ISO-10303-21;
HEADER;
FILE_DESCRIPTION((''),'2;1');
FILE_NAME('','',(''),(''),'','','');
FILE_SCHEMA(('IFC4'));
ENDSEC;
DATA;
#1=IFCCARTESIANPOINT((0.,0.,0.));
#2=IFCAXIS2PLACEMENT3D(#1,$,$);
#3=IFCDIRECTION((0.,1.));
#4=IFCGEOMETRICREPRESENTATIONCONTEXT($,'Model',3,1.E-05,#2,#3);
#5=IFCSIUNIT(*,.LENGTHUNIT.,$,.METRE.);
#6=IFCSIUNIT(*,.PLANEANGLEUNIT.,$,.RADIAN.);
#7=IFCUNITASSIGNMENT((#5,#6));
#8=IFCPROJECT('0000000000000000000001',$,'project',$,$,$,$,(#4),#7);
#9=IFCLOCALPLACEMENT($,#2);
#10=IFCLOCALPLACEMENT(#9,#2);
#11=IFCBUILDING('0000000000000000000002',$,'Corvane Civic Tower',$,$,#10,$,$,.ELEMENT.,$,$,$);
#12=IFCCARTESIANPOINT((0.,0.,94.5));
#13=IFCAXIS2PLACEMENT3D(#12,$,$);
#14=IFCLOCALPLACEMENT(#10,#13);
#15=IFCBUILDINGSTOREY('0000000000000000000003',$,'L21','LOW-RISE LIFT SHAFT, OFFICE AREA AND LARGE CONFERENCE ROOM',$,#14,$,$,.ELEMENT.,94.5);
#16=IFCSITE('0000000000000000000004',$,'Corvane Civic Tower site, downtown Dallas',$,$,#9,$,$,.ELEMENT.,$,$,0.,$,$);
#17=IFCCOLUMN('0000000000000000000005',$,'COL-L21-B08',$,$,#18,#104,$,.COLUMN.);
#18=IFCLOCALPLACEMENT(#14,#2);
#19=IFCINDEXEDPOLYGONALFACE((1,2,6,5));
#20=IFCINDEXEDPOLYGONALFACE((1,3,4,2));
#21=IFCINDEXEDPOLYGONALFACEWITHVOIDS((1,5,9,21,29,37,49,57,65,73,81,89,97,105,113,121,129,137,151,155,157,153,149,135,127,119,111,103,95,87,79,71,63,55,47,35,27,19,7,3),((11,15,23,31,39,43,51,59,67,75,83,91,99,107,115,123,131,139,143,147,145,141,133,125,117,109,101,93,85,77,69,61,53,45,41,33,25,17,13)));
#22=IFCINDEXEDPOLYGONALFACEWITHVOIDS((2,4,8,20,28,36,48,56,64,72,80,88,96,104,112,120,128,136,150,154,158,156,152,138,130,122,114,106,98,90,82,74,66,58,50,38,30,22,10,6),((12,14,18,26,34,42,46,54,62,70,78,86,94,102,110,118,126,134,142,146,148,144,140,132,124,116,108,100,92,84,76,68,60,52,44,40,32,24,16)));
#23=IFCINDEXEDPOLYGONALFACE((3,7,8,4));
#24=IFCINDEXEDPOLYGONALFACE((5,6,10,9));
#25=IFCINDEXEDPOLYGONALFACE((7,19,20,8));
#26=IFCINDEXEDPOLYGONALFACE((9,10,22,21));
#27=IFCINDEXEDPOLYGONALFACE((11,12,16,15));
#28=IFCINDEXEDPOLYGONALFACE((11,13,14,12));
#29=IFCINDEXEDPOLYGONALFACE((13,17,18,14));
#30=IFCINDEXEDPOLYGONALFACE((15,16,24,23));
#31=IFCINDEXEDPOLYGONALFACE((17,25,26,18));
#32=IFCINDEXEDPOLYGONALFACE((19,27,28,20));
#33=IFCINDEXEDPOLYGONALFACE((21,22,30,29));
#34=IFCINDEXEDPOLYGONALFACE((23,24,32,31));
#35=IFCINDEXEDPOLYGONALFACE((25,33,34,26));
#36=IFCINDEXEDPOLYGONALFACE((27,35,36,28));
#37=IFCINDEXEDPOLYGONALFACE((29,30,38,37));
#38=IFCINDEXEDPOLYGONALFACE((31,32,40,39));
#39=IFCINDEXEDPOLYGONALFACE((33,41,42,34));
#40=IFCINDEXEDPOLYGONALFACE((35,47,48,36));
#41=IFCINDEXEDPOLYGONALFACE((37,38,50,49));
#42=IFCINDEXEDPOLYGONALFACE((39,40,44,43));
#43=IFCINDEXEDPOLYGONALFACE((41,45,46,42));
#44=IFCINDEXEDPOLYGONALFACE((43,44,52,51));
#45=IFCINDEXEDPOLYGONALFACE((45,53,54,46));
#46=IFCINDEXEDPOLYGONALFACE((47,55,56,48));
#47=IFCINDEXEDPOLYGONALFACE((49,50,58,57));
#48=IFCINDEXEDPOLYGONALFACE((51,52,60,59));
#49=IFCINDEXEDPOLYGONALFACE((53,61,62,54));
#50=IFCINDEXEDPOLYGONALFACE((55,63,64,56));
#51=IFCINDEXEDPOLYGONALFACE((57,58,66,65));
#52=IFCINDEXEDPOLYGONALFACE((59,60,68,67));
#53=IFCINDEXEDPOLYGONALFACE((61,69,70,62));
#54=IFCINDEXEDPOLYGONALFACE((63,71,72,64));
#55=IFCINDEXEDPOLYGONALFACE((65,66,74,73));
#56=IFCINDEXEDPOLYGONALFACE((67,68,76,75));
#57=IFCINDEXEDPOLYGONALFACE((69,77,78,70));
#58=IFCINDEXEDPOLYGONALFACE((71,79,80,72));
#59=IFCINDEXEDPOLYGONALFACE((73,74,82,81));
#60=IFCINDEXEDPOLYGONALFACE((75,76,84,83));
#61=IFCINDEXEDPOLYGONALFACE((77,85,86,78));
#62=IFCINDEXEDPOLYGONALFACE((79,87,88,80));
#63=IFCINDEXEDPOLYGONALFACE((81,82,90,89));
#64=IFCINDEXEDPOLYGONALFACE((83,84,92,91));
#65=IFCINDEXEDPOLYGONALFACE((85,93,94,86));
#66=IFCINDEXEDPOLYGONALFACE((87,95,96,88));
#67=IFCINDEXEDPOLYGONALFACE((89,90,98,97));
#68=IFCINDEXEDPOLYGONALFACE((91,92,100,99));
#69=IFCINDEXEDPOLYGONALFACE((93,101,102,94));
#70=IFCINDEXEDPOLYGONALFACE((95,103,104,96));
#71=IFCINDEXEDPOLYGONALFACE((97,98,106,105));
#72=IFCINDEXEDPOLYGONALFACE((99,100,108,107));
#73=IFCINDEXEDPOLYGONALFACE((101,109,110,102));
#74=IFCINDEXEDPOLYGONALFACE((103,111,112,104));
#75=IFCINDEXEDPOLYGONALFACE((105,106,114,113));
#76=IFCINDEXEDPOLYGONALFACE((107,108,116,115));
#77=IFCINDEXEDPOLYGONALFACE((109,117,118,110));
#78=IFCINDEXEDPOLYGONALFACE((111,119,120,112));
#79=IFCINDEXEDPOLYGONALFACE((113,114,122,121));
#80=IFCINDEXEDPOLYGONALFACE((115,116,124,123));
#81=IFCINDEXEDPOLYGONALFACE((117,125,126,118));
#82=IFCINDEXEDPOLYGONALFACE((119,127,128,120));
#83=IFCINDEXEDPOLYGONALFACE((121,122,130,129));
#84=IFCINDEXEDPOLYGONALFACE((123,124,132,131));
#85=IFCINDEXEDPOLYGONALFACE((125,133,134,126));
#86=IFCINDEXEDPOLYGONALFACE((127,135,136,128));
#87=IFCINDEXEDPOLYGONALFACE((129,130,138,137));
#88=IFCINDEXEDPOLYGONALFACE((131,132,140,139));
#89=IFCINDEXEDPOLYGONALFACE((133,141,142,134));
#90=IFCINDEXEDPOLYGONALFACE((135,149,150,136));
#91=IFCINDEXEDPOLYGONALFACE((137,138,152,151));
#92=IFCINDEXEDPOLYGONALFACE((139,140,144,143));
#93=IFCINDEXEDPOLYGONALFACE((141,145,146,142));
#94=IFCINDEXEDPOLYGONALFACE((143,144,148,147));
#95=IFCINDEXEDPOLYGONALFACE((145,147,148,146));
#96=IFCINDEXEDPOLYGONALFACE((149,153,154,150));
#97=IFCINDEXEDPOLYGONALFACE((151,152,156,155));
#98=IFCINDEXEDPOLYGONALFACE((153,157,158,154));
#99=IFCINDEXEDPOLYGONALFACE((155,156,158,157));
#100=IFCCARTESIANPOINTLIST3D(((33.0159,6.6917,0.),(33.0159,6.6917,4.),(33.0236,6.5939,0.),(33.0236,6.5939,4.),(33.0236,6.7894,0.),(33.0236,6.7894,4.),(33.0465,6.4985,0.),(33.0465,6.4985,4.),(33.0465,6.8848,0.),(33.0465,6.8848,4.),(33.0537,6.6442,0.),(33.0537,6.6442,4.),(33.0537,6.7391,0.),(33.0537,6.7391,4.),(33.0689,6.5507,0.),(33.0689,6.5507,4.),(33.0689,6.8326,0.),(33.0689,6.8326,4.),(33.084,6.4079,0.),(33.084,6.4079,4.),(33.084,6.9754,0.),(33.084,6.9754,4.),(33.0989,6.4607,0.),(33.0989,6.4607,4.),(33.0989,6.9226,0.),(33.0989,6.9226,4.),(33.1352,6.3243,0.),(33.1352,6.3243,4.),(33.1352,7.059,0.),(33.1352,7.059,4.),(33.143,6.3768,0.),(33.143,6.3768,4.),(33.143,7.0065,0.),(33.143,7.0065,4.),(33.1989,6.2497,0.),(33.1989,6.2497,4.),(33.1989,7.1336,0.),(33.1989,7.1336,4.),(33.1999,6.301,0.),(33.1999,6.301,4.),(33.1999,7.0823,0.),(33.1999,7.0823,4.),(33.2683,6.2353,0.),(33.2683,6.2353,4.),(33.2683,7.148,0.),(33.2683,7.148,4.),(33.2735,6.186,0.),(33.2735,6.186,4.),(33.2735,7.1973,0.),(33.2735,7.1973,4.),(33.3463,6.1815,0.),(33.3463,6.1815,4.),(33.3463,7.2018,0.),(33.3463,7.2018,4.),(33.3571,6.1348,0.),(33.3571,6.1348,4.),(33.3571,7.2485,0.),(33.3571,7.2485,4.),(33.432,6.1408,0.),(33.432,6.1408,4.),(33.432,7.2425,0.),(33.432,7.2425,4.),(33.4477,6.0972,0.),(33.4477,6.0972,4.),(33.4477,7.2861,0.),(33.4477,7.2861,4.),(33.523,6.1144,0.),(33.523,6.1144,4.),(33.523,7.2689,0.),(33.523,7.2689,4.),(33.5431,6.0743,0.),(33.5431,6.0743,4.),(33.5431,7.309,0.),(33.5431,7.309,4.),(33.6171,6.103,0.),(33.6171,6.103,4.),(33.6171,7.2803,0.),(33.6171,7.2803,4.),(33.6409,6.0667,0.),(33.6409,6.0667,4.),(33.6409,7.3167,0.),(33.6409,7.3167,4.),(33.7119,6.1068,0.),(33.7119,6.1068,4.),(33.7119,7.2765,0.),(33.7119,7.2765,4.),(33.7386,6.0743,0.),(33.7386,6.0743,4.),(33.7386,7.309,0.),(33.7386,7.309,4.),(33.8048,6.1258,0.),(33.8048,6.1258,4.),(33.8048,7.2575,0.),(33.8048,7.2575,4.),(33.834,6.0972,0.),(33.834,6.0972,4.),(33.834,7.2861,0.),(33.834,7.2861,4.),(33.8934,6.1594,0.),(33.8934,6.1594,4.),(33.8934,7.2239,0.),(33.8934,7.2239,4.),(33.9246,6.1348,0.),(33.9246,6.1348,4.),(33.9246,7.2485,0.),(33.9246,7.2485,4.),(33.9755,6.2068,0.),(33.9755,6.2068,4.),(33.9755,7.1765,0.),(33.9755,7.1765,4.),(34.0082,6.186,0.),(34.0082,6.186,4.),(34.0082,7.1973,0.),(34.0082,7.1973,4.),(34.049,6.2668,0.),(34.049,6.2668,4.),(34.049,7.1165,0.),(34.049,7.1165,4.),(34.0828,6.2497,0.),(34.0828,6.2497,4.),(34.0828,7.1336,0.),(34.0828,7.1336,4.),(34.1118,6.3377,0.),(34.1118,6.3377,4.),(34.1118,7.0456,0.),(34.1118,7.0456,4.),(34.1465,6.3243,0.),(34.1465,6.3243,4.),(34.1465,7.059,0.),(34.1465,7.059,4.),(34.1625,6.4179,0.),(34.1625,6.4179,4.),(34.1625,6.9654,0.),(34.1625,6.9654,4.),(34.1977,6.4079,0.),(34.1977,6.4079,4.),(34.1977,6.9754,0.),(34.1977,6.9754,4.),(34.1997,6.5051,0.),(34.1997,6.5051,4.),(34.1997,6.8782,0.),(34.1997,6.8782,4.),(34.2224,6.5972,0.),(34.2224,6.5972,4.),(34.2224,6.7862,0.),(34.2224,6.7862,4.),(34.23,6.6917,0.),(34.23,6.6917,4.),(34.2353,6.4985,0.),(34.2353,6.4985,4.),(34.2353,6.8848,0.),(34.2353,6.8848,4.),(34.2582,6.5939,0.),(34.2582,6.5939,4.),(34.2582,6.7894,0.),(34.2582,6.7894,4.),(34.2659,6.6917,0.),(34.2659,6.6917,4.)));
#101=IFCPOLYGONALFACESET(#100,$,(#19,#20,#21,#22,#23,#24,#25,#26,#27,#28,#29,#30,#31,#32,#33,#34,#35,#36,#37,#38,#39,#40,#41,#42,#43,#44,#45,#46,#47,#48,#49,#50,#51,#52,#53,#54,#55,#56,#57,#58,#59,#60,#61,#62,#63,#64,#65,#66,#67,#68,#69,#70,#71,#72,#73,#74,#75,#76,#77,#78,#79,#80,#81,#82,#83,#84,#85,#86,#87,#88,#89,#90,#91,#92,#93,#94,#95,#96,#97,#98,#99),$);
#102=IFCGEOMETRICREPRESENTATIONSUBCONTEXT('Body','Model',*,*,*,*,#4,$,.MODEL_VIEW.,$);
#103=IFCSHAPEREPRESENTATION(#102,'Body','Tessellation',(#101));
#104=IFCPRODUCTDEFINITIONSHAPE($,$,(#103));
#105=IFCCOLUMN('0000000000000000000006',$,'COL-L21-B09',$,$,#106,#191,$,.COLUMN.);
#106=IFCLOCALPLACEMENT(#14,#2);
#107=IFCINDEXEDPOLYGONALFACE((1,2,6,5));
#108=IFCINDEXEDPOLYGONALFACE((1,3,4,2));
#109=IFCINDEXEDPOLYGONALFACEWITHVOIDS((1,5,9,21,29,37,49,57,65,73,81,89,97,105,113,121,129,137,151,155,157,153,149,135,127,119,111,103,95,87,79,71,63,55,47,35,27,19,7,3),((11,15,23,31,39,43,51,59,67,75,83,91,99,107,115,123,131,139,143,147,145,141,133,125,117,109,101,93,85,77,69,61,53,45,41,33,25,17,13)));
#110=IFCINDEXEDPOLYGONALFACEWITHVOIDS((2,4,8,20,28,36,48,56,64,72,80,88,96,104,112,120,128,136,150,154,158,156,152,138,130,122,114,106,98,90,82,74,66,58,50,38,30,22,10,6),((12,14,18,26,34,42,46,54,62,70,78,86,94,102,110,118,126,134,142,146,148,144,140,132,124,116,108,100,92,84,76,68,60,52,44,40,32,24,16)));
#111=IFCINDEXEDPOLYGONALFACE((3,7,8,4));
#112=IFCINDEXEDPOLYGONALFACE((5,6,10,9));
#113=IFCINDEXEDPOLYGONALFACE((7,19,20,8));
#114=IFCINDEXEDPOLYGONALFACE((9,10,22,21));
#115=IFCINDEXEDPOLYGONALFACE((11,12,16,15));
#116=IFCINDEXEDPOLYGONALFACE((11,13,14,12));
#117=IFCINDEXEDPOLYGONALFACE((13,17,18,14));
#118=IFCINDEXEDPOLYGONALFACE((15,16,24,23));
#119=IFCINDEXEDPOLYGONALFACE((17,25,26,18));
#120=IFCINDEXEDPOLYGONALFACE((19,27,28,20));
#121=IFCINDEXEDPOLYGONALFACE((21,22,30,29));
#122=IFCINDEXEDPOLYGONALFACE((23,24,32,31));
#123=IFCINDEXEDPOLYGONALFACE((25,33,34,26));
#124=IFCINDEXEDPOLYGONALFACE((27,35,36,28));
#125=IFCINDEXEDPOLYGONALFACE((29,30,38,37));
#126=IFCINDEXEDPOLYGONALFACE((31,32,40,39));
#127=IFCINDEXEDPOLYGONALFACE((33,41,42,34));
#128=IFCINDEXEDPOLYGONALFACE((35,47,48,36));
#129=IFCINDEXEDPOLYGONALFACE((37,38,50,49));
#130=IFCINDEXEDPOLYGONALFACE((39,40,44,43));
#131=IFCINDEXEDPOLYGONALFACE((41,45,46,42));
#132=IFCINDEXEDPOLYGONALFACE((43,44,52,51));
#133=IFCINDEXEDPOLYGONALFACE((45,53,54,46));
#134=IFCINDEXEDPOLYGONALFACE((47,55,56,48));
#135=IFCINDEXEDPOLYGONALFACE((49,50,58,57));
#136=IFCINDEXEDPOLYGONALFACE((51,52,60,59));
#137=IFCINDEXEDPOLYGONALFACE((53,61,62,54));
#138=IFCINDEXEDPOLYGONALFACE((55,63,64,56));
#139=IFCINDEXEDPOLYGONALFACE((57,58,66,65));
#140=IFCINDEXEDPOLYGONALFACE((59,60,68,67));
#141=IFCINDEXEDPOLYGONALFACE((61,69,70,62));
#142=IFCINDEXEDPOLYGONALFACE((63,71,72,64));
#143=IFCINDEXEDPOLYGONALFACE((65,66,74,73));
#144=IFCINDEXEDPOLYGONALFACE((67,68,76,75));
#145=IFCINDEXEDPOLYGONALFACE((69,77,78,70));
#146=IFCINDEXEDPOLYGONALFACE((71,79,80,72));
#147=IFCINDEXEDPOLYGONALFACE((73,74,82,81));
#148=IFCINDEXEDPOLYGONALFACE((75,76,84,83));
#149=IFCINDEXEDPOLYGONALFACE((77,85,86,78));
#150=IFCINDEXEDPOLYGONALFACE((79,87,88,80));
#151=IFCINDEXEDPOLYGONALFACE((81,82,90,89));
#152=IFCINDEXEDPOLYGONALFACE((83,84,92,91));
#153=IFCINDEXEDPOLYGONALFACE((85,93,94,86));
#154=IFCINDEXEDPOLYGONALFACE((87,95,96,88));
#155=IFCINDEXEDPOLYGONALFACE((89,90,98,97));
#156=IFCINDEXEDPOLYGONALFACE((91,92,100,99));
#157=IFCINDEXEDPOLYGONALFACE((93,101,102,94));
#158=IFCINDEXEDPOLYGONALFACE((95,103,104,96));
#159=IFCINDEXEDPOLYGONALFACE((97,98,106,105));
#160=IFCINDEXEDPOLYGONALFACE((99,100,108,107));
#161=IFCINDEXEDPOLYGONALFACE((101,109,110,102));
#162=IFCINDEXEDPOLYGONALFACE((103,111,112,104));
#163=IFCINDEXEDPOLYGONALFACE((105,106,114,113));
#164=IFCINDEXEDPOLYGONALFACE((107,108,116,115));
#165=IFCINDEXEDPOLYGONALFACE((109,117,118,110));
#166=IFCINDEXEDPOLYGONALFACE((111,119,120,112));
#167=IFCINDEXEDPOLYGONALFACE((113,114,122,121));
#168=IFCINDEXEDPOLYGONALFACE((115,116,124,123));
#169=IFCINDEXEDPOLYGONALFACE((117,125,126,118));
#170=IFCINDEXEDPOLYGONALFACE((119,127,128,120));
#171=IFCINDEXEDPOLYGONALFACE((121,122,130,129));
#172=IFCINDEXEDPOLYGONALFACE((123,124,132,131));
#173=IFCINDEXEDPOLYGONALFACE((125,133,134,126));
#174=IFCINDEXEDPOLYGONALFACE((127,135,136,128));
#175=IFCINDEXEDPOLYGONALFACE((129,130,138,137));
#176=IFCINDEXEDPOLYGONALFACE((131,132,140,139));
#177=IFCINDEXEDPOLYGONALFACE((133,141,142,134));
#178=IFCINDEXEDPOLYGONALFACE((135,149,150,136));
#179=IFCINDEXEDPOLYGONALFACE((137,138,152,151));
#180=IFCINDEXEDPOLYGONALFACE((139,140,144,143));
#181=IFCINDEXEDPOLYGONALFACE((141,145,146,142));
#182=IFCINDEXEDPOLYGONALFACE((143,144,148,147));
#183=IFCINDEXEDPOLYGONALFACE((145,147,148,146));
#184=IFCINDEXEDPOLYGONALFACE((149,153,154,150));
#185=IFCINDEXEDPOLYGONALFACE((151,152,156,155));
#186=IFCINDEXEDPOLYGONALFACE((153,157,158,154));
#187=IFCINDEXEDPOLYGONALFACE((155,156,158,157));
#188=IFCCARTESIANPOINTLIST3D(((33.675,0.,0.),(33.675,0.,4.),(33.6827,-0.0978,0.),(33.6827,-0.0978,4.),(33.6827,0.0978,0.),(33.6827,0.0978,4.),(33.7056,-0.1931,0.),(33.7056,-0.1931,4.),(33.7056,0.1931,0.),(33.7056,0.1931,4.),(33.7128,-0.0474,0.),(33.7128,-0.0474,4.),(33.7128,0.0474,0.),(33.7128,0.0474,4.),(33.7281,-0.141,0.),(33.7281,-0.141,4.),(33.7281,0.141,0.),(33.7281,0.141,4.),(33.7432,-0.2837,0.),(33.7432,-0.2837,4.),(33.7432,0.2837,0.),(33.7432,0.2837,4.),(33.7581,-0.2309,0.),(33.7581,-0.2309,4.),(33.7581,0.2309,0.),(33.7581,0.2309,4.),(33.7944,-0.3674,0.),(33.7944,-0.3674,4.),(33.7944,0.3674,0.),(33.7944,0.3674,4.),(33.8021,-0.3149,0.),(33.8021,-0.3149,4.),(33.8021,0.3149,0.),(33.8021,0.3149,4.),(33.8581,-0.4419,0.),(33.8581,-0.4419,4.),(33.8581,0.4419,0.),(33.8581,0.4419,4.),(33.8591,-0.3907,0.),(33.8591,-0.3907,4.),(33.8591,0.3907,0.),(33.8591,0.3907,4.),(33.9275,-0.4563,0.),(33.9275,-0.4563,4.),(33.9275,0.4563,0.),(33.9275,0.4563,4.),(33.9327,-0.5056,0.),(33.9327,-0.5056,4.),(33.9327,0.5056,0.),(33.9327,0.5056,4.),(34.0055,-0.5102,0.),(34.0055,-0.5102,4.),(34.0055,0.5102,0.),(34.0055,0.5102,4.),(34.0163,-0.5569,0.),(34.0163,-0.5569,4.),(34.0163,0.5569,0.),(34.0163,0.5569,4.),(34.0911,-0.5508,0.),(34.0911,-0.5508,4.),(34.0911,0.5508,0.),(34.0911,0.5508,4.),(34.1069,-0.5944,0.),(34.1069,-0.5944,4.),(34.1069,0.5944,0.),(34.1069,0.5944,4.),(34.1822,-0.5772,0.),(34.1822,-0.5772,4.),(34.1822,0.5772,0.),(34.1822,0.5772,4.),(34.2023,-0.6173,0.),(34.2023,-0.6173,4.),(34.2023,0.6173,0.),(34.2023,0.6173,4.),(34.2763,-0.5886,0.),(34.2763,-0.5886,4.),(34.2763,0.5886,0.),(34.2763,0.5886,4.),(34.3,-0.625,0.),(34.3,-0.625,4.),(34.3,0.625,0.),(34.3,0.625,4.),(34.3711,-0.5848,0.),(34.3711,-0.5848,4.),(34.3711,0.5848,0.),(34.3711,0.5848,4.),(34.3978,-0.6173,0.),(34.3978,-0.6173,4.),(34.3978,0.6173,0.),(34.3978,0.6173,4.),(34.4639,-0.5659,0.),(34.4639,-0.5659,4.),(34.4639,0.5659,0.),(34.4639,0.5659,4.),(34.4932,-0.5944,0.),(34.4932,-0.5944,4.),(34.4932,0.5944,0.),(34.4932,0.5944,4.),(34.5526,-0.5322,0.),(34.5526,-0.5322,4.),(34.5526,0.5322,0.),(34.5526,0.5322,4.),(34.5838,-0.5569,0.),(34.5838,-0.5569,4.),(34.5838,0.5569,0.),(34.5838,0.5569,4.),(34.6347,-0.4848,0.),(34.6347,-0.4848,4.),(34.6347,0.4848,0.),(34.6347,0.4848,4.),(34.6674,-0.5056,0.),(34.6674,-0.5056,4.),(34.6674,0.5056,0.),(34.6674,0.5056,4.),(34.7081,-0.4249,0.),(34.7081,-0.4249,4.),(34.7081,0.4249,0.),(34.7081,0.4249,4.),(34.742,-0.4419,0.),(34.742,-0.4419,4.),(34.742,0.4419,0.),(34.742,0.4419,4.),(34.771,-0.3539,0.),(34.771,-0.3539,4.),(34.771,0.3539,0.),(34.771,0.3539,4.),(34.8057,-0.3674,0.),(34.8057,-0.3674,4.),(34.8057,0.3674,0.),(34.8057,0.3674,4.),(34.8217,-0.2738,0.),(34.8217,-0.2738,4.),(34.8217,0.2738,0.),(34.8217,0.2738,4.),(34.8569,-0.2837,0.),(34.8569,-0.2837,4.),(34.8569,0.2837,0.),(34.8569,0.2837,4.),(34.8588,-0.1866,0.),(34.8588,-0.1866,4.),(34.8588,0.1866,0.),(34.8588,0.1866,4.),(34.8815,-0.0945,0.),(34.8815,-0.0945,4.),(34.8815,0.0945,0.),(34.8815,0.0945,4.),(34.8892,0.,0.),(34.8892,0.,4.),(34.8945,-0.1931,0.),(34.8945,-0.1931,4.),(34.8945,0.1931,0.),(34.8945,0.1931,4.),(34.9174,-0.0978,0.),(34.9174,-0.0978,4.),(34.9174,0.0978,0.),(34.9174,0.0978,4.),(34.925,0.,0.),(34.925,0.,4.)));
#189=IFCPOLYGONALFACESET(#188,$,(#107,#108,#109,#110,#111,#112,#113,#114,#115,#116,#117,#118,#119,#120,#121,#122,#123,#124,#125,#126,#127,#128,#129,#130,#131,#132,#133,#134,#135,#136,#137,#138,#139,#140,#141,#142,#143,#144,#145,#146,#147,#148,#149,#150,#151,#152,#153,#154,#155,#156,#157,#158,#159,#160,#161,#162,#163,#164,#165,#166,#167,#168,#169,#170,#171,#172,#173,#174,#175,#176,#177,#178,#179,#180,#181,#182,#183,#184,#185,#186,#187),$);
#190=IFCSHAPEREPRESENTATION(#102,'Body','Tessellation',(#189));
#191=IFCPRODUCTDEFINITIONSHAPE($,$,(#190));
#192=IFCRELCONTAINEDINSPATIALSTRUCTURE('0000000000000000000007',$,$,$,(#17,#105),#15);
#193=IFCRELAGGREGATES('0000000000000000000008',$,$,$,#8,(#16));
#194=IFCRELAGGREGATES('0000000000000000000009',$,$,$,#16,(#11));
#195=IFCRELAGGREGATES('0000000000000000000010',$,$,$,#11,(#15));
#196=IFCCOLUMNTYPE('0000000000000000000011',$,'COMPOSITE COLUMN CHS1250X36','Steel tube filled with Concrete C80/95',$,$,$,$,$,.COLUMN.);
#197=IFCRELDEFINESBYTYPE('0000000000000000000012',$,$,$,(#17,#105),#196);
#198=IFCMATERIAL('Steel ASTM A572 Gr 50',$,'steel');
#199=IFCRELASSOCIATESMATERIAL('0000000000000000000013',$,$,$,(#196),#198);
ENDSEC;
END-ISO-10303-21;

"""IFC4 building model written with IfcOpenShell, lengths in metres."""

from ifc_helpers import new_model, si_unit, direction, frame, origin, origin_2d, place, context, subcontext, project, spatial, hollow_circle, extrude, material, material_profile, profile_set, type_object, element, save


model = new_model("IFC4")

# Units and contexts
model_context = context("Model", 3, precision=1e-05, world=origin(), true_north=direction((0.0, 1.0)))
body_context = subcontext(model_context, "Body", "Model", "MODEL_VIEW")
ifc_project = project(units=[si_unit("LENGTHUNIT", "METRE"), si_unit("PLANEANGLEUNIT", "RADIAN")], contexts=[model_context])

# Site, building, storey
site_placement = place(None, origin())
site = spatial("IfcSite", under=ifc_project, at=site_placement, Name="Corvane Civic Tower site, downtown Dallas", CompositionType="ELEMENT", RefElevation=0.0)
building_placement = place(site_placement, origin())
building = spatial("IfcBuilding", under=site, at=building_placement, Name="Corvane Civic Tower", CompositionType="ELEMENT")
storey_placement = place(building_placement, frame((0.0, 0.0, 94.5)))
storey = spatial("IfcBuildingStorey", under=building, at=storey_placement, Name="L21", Description="LOW-RISE LIFT SHAFT, OFFICE AREA AND LARGE CONFERENCE ROOM", CompositionType="ELEMENT", Elevation=94.5)

# Columns
ifc_material_1 = material(Name="Steel ASTM A572 Gr 50", Category="steel")
ifc_material_profile_1 = material_profile(ifc_material_1, hollow_circle(Radius=0.625, WallThickness=0.0359, at=origin_2d()), Name="CHS1250X36")
ifc_profile_set_1 = profile_set([ifc_material_profile_1], Name="Steel ASTM A572 Gr 50")
column_type = type_object("IfcColumnType", Name="COMPOSITE COLUMN CHS1250X36", Description="Steel tube filled with Concrete C80/95", PredefinedType="COLUMN", material=ifc_profile_set_1)
for number, where, z_axis, x_axis, name in (
    (1, (33.6409, 6.6917, 0.0), (0.0, 0.0, 1.0), (1.0, 0.0, 0.0), "COL-L21-B08"),
    (2, (34.3, 0.0, 0.0), (0.0, 0.0, 1.0), (1.0, 0.0, 0.0), "COL-L21-B09"),
):
    element("IfcColumn", number, at=place(storey_placement, frame(where, z_axis=z_axis, x_axis=x_axis)), inside=storey, type_object=column_type, Name=name, PredefinedType="COLUMN", context=body_context, shape_type="SweptSolid", body=[
        extrude(hollow_circle(Radius=0.625, WallThickness=0.0359, at=origin_2d()), origin(), (0.0, 0.0, 1.0), 4.0),
    ])

save(model, "model.ifc")
